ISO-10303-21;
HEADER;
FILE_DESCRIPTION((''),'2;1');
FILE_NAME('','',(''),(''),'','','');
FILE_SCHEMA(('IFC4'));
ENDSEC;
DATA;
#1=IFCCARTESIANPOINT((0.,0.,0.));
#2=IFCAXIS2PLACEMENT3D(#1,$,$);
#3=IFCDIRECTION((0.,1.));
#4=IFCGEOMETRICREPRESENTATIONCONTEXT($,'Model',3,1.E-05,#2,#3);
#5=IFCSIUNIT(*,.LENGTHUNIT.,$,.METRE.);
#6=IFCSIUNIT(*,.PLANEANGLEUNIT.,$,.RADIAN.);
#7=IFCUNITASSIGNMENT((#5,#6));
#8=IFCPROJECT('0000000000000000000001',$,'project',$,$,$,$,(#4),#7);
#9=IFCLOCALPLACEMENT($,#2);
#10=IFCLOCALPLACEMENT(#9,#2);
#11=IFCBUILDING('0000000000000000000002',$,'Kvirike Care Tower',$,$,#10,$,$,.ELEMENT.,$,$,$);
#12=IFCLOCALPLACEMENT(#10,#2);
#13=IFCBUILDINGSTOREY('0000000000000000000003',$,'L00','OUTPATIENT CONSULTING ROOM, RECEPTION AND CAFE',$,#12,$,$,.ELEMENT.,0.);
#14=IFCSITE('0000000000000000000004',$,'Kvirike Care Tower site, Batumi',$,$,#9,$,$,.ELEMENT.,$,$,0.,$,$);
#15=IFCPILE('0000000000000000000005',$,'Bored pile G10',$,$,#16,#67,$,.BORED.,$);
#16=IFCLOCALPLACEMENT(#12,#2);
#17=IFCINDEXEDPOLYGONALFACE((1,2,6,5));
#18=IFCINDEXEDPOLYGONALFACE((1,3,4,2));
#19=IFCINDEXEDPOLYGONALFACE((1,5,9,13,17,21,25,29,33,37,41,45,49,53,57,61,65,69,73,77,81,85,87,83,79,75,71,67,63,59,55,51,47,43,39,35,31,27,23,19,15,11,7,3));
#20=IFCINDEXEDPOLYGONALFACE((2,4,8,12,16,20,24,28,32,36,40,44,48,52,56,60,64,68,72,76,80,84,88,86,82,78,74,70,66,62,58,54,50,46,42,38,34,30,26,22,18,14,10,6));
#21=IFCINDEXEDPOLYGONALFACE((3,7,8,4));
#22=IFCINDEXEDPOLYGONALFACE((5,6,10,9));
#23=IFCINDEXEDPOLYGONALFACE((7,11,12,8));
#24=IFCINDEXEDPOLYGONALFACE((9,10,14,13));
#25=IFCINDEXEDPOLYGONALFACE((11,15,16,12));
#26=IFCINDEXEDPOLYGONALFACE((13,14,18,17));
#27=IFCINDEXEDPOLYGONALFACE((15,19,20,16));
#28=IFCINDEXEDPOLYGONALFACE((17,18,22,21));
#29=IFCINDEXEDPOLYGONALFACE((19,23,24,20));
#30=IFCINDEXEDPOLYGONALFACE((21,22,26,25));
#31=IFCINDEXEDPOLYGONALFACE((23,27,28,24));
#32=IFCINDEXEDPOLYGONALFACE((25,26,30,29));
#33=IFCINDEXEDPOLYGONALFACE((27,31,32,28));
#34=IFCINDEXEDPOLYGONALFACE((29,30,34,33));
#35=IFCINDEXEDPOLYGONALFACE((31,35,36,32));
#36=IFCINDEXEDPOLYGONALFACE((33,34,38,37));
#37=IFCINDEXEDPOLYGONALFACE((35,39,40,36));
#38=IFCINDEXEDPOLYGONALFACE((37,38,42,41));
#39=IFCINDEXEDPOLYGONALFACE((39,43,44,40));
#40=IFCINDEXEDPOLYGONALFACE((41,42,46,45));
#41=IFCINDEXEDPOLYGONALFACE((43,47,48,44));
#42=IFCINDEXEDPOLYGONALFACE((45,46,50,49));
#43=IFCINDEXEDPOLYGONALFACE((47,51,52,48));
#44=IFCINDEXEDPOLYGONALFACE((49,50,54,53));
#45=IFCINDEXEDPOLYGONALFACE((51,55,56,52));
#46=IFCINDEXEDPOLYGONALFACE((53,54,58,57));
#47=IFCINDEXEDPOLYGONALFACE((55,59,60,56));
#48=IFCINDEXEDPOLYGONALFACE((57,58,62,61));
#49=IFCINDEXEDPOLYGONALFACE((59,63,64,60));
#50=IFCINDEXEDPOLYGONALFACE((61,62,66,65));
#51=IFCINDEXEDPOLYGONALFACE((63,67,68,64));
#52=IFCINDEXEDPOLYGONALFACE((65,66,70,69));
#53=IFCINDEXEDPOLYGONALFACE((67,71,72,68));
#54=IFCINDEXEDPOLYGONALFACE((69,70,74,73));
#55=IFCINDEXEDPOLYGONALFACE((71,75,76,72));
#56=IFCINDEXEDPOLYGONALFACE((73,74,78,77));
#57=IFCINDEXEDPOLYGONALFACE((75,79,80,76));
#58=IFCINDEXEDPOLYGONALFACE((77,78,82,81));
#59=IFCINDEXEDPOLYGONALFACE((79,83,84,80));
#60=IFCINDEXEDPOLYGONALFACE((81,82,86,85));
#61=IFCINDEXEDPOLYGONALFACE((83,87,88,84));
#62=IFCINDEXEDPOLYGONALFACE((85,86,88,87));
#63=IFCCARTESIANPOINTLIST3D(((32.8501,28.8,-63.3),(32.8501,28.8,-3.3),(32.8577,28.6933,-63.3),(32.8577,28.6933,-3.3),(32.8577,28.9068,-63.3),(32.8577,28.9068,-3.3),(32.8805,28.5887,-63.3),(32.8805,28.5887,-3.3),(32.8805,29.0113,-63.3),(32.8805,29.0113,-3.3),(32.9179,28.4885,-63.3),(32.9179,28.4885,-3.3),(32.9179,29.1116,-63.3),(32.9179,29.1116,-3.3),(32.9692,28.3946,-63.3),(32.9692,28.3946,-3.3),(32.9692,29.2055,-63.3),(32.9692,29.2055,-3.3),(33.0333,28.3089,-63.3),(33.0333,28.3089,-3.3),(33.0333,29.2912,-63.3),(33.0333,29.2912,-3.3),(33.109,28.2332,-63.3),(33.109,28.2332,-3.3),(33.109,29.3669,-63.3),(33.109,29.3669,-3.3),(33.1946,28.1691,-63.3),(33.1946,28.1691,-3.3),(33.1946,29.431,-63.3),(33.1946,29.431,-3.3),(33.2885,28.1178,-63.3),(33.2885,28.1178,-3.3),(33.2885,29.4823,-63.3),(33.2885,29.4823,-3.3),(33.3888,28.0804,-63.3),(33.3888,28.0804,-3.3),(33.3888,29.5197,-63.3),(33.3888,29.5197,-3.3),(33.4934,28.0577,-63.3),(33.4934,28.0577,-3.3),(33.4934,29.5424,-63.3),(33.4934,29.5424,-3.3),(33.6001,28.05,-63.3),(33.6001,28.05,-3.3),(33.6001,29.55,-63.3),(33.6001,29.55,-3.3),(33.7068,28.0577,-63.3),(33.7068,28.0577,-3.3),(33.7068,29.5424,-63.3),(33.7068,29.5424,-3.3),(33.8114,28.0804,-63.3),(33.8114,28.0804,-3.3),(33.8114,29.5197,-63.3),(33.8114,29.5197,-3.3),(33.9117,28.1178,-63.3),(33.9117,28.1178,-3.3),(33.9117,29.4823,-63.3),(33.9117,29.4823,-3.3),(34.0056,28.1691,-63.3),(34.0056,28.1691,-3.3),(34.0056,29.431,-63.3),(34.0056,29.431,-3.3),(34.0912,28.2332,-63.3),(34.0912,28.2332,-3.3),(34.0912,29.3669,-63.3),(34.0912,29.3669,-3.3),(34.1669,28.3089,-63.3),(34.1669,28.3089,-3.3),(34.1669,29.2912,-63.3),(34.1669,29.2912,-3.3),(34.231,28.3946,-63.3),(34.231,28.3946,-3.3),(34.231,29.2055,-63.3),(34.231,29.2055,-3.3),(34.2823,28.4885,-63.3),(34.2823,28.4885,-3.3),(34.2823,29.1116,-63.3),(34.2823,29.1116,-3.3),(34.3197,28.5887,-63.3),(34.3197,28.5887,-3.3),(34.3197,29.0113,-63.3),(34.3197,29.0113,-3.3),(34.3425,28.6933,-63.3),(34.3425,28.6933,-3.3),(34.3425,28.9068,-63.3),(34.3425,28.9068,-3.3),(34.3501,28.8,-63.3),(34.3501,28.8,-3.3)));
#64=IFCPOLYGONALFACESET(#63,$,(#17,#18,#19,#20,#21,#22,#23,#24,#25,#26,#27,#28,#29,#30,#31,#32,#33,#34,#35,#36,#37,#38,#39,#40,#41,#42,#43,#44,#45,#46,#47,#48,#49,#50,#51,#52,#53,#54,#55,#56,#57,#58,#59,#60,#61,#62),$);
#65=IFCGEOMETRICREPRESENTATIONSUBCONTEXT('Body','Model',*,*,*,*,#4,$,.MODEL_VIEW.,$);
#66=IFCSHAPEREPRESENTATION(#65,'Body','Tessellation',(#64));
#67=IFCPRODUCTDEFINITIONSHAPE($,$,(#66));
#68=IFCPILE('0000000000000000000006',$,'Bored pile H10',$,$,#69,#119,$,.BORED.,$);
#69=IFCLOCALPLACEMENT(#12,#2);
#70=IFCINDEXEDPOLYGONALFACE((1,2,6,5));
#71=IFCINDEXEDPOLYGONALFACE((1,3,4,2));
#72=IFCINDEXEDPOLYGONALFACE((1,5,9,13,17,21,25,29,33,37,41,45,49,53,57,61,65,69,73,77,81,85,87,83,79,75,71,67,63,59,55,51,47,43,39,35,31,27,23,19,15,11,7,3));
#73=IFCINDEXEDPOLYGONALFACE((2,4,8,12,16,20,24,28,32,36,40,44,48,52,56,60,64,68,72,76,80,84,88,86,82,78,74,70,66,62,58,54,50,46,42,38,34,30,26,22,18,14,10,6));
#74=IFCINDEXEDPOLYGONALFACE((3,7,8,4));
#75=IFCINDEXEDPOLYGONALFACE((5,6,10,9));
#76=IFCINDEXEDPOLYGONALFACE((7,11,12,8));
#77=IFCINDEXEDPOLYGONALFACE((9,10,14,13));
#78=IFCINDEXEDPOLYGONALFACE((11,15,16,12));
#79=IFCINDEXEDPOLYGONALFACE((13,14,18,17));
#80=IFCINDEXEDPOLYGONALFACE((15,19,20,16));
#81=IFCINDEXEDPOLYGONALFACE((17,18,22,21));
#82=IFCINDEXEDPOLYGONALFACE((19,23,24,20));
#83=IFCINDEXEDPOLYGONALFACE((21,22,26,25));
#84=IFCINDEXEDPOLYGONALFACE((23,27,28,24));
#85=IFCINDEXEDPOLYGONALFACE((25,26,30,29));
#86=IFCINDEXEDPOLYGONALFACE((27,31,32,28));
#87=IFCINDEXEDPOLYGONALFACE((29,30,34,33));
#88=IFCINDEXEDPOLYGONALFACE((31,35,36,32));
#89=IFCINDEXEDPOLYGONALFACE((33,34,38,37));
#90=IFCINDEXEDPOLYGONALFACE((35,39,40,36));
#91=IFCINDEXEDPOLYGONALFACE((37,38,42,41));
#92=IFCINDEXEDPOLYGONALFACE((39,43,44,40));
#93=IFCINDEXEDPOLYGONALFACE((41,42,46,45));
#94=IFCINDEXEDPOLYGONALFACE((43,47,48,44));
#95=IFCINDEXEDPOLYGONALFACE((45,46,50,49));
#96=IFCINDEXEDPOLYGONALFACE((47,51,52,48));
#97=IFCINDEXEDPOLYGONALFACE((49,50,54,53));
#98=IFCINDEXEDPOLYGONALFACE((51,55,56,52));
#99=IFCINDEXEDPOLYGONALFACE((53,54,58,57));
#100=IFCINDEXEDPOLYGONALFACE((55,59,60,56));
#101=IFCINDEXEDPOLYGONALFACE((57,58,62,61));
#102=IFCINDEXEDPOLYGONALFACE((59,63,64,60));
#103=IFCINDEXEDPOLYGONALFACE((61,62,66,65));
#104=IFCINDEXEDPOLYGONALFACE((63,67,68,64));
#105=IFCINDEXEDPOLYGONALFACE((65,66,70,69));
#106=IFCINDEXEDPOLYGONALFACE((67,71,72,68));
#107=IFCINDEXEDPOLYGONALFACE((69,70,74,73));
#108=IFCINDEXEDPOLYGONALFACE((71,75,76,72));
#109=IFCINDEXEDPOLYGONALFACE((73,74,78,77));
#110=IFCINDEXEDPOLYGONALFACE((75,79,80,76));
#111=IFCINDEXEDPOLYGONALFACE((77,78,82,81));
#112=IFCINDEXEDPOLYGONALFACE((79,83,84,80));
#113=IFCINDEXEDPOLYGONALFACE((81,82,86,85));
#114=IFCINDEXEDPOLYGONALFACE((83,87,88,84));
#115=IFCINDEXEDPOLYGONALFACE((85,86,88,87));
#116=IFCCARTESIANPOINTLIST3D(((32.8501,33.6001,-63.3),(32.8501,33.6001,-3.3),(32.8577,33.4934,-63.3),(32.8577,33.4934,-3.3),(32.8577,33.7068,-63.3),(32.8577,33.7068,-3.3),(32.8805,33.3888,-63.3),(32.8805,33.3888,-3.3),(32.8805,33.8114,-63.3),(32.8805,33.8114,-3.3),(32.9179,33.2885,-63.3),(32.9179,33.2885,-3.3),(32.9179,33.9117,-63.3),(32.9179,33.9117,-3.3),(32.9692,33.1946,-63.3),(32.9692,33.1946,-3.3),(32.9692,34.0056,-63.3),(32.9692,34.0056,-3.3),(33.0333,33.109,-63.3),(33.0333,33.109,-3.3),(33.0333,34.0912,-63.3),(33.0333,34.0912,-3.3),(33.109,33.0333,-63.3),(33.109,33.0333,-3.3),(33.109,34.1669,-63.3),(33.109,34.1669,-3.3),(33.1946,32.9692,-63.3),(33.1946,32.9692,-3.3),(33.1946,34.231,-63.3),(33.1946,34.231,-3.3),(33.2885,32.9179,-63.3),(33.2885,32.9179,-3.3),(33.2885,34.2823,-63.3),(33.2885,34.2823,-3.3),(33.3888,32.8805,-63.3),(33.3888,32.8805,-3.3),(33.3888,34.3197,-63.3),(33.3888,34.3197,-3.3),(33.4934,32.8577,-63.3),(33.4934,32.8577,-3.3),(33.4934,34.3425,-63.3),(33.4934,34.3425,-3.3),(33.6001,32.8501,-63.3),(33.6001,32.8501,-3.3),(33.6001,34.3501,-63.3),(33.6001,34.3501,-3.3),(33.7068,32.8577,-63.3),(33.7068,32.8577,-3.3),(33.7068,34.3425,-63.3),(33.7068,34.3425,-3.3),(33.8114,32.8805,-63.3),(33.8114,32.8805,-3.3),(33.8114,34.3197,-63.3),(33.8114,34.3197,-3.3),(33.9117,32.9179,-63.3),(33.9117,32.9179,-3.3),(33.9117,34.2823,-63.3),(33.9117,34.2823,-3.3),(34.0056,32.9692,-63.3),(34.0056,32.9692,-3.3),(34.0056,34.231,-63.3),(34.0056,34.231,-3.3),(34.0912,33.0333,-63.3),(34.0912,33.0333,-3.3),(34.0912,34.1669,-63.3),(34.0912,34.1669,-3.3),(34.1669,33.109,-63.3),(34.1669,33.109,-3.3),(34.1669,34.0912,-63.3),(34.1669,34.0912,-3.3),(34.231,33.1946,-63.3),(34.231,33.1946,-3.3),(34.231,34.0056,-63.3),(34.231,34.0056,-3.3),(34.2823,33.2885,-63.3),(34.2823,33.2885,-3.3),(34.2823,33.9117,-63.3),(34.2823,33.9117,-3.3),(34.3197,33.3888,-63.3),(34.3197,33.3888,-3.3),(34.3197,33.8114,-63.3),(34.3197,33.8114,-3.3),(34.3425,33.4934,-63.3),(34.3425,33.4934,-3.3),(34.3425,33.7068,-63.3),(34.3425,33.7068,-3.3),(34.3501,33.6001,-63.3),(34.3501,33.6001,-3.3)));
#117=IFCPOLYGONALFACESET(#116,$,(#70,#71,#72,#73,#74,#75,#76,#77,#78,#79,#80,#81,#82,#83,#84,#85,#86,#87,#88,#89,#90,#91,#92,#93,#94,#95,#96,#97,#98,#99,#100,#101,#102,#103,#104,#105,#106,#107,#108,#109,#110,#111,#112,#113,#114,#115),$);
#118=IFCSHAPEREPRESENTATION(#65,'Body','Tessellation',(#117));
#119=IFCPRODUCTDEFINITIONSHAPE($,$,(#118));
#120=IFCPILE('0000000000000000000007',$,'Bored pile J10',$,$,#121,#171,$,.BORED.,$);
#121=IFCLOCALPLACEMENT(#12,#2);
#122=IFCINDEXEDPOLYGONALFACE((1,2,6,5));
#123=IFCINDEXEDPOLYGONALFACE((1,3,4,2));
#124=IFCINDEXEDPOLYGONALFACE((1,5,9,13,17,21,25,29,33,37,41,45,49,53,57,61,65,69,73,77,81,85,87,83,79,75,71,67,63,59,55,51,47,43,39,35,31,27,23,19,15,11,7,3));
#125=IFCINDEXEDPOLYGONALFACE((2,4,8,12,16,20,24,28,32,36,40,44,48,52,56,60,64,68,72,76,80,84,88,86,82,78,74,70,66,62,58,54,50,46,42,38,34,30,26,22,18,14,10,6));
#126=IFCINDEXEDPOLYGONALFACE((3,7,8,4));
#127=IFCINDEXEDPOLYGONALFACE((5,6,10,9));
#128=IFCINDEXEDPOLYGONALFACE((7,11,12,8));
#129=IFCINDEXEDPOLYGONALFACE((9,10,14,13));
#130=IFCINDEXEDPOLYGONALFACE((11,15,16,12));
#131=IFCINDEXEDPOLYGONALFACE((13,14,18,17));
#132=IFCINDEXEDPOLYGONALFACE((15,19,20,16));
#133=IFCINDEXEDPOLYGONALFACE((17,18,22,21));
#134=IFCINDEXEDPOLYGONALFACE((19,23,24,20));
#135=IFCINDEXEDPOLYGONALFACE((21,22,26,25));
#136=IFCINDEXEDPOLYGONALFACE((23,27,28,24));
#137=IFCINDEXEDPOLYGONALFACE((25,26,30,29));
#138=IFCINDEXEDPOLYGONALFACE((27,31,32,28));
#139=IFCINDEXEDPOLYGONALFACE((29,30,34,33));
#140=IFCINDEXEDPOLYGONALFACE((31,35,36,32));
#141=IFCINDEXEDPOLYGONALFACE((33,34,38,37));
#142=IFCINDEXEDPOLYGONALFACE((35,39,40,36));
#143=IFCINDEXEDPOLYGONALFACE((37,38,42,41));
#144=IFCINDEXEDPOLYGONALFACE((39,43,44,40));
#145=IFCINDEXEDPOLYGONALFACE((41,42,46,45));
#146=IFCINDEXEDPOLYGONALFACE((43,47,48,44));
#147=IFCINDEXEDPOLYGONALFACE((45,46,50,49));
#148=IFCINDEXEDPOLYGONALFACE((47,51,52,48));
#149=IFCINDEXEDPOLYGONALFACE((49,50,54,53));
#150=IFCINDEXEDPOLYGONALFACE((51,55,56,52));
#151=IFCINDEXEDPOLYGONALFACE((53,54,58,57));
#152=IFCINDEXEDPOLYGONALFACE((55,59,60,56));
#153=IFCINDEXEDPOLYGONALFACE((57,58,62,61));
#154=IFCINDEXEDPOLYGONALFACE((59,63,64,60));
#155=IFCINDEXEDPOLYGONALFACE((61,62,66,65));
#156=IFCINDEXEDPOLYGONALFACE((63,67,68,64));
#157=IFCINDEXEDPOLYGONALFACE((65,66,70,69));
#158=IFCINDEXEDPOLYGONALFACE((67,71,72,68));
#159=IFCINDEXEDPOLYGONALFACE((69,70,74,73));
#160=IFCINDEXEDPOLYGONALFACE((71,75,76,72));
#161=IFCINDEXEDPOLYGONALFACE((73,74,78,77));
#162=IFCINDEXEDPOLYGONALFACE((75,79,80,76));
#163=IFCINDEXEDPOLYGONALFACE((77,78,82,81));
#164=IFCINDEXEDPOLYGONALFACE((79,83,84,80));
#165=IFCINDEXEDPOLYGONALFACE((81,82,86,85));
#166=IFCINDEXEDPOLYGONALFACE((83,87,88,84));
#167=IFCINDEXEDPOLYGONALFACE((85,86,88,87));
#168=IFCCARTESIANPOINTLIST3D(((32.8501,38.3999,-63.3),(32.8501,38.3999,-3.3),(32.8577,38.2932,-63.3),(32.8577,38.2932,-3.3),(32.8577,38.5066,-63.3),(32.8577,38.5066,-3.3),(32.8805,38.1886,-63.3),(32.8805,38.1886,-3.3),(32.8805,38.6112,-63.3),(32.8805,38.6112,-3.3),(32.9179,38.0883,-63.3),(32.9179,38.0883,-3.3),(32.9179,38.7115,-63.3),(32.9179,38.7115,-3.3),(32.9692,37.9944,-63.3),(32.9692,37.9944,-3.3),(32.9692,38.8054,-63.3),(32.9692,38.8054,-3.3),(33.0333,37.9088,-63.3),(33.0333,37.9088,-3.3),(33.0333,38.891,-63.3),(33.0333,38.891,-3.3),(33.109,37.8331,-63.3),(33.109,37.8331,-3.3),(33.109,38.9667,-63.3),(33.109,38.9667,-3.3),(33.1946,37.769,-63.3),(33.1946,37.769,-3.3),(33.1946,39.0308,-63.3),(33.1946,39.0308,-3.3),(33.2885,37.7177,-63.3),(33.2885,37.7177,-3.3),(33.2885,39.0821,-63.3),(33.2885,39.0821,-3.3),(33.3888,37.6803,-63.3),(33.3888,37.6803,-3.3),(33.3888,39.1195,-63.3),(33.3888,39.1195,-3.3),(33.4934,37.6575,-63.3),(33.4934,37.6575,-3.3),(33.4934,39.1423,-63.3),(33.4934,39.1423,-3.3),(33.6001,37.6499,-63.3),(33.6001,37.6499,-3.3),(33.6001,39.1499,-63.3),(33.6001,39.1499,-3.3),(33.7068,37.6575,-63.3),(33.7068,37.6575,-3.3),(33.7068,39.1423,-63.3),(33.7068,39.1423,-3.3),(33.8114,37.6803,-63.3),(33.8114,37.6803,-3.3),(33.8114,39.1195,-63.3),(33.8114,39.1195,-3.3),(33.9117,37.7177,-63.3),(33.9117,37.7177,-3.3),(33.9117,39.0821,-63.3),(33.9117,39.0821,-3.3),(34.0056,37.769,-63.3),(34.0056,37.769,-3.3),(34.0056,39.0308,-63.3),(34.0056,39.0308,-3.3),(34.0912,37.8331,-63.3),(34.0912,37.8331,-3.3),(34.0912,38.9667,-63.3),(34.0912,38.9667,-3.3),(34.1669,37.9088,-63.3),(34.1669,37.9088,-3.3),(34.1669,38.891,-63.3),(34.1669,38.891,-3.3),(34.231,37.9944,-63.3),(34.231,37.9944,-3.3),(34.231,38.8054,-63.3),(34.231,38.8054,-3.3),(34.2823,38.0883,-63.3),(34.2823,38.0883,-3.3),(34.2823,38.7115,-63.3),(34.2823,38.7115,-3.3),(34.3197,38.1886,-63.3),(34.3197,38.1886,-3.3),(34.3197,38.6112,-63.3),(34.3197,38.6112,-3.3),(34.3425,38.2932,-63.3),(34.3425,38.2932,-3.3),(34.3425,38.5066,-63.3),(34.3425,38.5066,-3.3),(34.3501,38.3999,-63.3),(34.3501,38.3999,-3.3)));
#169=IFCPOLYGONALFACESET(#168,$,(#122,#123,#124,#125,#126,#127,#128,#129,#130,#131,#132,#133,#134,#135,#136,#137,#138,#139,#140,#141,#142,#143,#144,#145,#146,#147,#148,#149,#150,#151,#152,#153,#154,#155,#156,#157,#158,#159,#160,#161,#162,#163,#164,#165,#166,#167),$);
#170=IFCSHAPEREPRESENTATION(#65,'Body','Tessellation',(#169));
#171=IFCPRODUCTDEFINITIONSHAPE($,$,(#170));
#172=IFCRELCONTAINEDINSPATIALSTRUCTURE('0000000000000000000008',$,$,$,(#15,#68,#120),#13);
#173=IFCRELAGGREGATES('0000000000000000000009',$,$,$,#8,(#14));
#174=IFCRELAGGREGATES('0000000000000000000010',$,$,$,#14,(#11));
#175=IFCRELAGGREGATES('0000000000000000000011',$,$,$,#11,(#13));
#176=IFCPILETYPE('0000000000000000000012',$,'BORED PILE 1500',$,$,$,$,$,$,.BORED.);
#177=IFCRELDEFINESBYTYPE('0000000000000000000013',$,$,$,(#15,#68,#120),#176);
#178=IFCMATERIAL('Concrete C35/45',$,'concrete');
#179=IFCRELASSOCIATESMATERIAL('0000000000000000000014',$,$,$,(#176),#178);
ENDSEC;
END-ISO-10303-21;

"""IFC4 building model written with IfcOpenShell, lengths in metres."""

from ifc_helpers import new_model, si_unit, direction, frame, origin, origin_2d, place, context, subcontext, project, spatial, circle, extrude, material, material_profile, profile_set, type_object, element, save


model = new_model("IFC4")

# Units and contexts
model_context = context("Model", 3, precision=1e-05, world=origin(), true_north=direction((0.0, 1.0)))
body_context = subcontext(model_context, "Body", "Model", "MODEL_VIEW")
ifc_project = project(units=[si_unit("LENGTHUNIT", "METRE"), si_unit("PLANEANGLEUNIT", "RADIAN")], contexts=[model_context])

# Site, building, storey
site_placement = place(None, origin())
site = spatial("IfcSite", under=ifc_project, at=site_placement, Name="Kvirike Care Tower site, Batumi", CompositionType="ELEMENT", RefElevation=0.0)
building_placement = place(site_placement, origin())
building = spatial("IfcBuilding", under=site, at=building_placement, Name="Kvirike Care Tower", CompositionType="ELEMENT")
storey_placement = place(building_placement, origin())
storey = spatial("IfcBuildingStorey", under=building, at=storey_placement, Name="L00", Description="OUTPATIENT CONSULTING ROOM, RECEPTION AND CAFE", CompositionType="ELEMENT", Elevation=0.0)

# Piles
ifc_material_1 = material(Name="Concrete C35/45", Category="concrete")
ifc_material_profile_1 = material_profile(ifc_material_1, circle(Radius=0.75, at=origin_2d()), Name="BORED PILE 1500")
ifc_profile_set_1 = profile_set([ifc_material_profile_1], Name="Concrete C35/45")
pile_type = type_object("IfcPileType", Name="BORED PILE 1500", PredefinedType="BORED", material=ifc_profile_set_1)
for number, where, z_axis, x_axis, name in (
    (1, (33.6001, 28.8, -3.3), (0.0, 0.0, -1.0), (1.0, 0.0, 0.0), "Bored pile G10"),
    (2, (33.6001, 33.6001, -3.3), (0.0, 0.0, -1.0), (1.0, 0.0, 0.0), "Bored pile H10"),
    (3, (33.6001, 38.3999, -3.3), (0.0, 0.0, -1.0), (1.0, 0.0, 0.0), "Bored pile J10"),
):
    element("IfcPile", number, at=place(storey_placement, frame(where, z_axis=z_axis, x_axis=x_axis)), inside=storey, type_object=pile_type, Name=name, PredefinedType="BORED", context=body_context, shape_type="SweptSolid", body=[
        extrude(circle(Radius=0.75, at=origin_2d()), origin(), (0.0, 0.0, 1.0), 60.0),
    ])

save(model, "model.ifc")
